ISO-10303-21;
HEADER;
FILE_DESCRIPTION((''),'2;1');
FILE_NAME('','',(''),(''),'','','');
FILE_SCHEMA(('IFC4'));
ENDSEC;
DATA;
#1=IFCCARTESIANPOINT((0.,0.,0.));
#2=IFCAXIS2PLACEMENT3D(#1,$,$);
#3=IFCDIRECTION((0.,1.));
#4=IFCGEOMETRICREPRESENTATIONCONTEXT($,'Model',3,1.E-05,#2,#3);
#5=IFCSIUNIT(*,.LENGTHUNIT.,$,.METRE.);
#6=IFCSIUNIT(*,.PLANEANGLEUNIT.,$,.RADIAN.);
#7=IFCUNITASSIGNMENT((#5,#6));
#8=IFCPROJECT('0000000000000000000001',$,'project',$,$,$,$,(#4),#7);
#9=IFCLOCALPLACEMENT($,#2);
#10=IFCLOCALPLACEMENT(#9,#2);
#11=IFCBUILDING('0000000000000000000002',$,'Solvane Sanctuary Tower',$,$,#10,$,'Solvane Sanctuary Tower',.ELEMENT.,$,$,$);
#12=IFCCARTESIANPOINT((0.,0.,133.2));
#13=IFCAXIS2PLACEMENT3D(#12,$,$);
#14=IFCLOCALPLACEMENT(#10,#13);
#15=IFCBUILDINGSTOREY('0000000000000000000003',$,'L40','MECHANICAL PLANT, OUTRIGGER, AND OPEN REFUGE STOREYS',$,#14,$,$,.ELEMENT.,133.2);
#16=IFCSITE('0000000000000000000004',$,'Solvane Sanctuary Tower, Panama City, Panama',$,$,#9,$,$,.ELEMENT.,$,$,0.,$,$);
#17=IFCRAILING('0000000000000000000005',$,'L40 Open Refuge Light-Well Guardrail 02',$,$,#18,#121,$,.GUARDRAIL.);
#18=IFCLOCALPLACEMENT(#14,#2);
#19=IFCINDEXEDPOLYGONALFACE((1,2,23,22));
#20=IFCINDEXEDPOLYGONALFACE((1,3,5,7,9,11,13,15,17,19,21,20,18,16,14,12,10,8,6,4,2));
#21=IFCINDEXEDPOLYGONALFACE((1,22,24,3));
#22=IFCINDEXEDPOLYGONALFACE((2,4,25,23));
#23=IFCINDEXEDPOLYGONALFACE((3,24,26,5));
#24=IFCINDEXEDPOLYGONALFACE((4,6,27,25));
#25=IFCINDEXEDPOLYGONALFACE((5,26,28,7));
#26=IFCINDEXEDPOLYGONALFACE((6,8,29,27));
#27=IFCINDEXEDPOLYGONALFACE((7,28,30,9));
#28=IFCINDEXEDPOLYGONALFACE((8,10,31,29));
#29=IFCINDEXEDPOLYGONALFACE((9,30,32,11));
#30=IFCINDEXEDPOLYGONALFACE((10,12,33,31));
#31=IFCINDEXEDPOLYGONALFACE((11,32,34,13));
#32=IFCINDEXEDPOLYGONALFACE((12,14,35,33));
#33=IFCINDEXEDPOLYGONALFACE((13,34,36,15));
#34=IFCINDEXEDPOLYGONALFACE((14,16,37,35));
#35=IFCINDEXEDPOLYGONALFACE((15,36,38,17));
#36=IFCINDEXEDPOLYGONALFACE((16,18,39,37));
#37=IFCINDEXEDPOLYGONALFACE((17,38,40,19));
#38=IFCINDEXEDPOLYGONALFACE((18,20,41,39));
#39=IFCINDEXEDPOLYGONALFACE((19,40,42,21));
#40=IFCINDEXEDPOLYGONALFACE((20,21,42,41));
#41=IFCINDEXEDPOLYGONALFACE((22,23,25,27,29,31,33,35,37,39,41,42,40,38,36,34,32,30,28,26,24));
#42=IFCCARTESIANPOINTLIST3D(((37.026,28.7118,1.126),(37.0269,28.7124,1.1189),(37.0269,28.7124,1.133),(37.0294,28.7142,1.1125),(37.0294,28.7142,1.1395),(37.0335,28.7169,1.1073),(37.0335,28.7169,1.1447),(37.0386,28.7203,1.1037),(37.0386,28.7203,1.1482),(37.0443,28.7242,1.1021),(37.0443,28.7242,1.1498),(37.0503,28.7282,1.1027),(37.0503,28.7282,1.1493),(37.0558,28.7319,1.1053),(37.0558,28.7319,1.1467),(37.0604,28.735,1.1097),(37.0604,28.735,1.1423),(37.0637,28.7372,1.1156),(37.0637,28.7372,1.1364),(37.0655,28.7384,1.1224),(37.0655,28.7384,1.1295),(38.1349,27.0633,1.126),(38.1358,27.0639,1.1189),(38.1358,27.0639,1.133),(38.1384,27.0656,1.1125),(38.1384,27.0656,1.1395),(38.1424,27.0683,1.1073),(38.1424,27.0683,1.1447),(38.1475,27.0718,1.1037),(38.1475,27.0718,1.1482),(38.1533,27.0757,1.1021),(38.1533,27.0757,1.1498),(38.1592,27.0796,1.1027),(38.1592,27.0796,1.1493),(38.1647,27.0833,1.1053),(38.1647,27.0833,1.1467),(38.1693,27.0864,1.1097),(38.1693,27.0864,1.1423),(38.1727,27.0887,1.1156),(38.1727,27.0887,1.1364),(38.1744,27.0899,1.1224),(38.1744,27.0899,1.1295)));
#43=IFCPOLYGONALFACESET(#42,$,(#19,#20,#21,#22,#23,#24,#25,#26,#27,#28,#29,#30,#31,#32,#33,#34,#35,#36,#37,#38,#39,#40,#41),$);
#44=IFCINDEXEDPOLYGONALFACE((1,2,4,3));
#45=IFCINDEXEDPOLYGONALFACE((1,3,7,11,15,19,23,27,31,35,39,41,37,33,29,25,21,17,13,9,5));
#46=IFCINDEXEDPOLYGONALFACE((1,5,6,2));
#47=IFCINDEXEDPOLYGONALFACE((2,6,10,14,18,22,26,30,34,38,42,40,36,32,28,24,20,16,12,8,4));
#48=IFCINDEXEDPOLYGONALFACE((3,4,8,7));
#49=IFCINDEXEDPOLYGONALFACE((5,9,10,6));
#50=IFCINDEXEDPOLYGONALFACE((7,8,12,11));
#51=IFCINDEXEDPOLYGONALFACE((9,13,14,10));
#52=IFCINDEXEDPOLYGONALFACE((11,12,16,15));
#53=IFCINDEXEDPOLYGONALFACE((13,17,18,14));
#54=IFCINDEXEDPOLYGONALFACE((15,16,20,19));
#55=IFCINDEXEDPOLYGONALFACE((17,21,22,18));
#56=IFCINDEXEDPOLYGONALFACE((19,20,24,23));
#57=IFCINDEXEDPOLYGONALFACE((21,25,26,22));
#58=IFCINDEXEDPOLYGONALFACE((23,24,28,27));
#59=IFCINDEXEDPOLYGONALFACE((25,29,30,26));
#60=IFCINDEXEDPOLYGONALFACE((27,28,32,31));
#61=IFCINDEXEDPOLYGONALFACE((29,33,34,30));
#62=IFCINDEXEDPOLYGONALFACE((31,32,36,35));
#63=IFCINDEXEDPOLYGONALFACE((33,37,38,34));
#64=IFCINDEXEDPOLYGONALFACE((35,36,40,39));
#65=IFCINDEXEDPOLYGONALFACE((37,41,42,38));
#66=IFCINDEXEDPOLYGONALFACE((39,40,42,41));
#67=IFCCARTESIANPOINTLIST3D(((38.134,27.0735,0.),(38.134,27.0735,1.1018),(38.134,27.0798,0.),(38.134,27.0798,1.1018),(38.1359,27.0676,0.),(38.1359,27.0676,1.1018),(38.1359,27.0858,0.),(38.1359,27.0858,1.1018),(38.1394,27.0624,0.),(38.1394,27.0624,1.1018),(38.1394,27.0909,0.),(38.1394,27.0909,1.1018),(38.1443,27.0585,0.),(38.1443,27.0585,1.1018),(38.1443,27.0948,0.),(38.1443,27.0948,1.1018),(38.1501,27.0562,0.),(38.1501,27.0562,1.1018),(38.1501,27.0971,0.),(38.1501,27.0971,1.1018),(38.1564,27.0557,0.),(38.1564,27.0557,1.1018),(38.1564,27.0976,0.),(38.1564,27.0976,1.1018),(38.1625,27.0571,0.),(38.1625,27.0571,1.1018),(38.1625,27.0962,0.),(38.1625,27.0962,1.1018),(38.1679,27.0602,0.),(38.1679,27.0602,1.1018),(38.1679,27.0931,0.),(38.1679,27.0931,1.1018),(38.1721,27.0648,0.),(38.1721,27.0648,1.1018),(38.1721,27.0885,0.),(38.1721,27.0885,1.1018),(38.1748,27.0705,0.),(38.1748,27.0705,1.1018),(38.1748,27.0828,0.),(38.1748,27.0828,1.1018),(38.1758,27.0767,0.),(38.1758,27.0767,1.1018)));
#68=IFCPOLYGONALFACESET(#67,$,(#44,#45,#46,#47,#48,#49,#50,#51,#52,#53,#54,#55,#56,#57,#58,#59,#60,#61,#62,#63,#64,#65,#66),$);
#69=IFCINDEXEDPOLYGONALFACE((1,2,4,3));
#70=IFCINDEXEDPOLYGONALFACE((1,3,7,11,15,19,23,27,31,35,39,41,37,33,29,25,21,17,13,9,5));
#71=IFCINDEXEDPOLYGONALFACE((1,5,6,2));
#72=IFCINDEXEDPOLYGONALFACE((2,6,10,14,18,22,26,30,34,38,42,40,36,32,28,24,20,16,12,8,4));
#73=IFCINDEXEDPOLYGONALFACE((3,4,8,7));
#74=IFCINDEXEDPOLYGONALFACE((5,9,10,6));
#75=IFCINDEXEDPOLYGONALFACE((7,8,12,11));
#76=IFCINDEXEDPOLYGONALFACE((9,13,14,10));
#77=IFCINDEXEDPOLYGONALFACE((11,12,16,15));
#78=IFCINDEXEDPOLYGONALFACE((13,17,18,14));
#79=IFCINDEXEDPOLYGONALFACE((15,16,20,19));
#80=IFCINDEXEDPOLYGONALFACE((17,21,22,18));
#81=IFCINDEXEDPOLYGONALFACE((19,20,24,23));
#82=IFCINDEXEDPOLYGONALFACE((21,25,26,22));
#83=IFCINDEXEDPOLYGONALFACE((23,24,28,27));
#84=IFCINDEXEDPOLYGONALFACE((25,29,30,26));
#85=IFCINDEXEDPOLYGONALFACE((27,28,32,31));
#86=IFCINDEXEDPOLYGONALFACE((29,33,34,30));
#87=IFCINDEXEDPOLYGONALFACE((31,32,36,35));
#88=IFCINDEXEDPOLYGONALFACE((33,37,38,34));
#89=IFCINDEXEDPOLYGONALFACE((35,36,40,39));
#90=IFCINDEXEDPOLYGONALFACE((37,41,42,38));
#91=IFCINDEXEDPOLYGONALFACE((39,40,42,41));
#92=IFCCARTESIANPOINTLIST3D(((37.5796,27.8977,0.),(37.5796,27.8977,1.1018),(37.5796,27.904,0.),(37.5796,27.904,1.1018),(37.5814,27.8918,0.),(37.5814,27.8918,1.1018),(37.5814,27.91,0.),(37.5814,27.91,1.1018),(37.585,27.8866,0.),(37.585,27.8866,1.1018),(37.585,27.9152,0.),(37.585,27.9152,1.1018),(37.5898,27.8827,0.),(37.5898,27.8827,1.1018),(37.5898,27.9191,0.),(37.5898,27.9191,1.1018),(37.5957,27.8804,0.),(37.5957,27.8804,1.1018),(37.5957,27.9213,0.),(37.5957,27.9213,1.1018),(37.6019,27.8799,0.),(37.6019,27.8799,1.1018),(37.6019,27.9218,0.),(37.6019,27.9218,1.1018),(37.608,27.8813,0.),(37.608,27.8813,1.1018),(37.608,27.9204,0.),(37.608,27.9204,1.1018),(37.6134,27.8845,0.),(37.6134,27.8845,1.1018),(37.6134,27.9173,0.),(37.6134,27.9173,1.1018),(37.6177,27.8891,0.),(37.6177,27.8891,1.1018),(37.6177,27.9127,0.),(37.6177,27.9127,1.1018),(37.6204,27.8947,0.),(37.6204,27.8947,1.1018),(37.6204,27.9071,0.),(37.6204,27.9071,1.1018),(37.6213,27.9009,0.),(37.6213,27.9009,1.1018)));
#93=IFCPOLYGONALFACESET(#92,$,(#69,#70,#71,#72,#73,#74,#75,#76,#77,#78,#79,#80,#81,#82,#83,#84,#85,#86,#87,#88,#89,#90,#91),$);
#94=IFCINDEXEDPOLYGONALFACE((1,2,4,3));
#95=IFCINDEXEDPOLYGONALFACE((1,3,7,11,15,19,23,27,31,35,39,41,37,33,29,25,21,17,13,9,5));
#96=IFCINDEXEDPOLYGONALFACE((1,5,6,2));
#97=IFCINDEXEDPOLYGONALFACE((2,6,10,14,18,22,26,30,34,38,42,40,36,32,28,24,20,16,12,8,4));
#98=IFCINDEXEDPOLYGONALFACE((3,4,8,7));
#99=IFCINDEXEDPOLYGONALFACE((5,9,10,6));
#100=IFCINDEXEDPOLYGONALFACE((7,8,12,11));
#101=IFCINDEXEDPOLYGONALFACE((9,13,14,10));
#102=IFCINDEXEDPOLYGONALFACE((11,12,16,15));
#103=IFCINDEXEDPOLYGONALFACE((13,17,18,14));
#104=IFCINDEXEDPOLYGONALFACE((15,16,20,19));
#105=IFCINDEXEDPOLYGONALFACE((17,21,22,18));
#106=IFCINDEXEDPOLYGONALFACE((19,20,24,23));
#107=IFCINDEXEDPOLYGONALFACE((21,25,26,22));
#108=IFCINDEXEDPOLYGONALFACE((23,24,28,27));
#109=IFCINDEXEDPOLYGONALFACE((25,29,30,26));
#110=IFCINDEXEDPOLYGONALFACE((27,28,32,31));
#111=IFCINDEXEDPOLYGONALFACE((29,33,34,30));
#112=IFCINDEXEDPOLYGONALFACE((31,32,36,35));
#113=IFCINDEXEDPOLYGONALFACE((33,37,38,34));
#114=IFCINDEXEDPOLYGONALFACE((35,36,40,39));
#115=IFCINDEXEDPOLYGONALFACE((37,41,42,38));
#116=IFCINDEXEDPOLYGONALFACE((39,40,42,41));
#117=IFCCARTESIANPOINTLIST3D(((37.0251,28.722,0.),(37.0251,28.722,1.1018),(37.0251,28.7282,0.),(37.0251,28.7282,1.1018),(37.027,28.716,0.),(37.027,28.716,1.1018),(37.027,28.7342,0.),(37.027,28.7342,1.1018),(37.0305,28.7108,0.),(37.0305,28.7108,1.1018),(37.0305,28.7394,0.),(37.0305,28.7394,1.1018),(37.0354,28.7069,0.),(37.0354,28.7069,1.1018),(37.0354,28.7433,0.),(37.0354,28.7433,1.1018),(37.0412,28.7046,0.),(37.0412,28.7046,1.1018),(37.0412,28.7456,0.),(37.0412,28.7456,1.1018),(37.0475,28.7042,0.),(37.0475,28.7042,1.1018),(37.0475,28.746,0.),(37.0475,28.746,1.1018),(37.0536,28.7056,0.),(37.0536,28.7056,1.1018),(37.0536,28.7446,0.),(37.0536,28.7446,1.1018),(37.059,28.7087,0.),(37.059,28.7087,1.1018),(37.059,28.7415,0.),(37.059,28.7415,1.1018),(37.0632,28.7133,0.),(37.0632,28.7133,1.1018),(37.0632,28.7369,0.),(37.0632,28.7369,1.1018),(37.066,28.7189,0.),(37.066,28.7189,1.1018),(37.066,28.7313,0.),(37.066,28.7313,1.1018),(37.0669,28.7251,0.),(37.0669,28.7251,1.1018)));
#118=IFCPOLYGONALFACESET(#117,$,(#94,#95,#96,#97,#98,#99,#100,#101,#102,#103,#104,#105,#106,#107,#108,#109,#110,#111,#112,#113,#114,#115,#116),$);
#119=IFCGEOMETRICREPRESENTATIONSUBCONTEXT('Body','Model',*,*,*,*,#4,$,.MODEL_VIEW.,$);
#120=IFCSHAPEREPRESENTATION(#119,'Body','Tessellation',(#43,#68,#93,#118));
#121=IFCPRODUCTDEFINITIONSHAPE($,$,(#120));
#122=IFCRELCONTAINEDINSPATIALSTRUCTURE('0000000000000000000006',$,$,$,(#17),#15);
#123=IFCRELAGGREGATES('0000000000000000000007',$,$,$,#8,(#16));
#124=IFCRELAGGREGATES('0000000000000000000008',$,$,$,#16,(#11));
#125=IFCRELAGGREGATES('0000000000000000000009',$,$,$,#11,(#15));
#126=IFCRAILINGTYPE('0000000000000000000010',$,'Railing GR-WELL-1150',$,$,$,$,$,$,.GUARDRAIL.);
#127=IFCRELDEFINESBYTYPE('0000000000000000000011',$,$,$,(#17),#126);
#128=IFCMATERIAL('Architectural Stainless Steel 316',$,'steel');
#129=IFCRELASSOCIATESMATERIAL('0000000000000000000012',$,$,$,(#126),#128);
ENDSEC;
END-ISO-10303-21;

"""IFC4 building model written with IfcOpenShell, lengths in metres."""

from ifc_helpers import new_model, si_unit, direction, frame, origin, origin_2d, place, context, subcontext, project, spatial, circle, extrude, material, type_object, element, save


model = new_model("IFC4")

# Units and contexts
model_context = context("Model", 3, precision=1e-05, world=origin(), true_north=direction((0.0, 1.0)))
body_context = subcontext(model_context, "Body", "Model", "MODEL_VIEW")
ifc_project = project(units=[si_unit("LENGTHUNIT", "METRE"), si_unit("PLANEANGLEUNIT", "RADIAN")], contexts=[model_context])

# Site, building, storey
site_placement = place(None, origin())
site = spatial("IfcSite", under=ifc_project, at=site_placement, Name="Solvane Sanctuary Tower, Panama City, Panama", CompositionType="ELEMENT", RefElevation=0.0)
building_placement = place(site_placement, origin())
building = spatial("IfcBuilding", under=site, at=building_placement, Name="Solvane Sanctuary Tower", LongName="Solvane Sanctuary Tower", CompositionType="ELEMENT")
storey_placement = place(building_placement, frame((0.0, 0.0, 133.2)))
storey = spatial("IfcBuildingStorey", under=building, at=storey_placement, Name="L40", Description="MECHANICAL PLANT, OUTRIGGER, AND OPEN REFUGE STOREYS", CompositionType="ELEMENT", Elevation=133.2)

# Shared definitions
ifc_material_1 = material(Name="Architectural Stainless Steel 316", Category="steel")

# Railing
railing_type_1 = type_object("IfcRailingType", Name="Railing GR-WELL-1150", PredefinedType="GUARDRAIL", material=ifc_material_1)
railing_1_placement = place(storey_placement, frame((38.1548, 27.0767, 0.0)))
element("IfcRailing", 1, at=railing_1_placement, inside=storey, type_object=railing_type_1, Name="L40 Open Refuge Light-Well Guardrail 02", PredefinedType="GUARDRAIL", context=body_context, shape_type="SweptSolid", body=[
    extrude(circle(Radius=0.0239, at=origin_2d()), frame((0.0, 0.0, 1.126), z_axis=(-0.558155, 0.829737, 0.0), x_axis=(-0.829737, -0.558155, 0.0)), (0.0, 0.0, 1.0), 1.9868),
    extrude(circle(Radius=0.021, at=origin_2d()), origin(), (0.0, 0.0, 1.0), 1.1018),
    extrude(circle(Radius=0.021, at=origin_2d()), frame((-0.5544, 0.8242, 0.0)), (0.0, 0.0, 1.0), 1.1018),
    extrude(circle(Radius=0.021, at=origin_2d()), frame((-1.1089, 1.6484, 0.0)), (0.0, 0.0, 1.0), 1.1018),
])

save(model, "model.ifc")
